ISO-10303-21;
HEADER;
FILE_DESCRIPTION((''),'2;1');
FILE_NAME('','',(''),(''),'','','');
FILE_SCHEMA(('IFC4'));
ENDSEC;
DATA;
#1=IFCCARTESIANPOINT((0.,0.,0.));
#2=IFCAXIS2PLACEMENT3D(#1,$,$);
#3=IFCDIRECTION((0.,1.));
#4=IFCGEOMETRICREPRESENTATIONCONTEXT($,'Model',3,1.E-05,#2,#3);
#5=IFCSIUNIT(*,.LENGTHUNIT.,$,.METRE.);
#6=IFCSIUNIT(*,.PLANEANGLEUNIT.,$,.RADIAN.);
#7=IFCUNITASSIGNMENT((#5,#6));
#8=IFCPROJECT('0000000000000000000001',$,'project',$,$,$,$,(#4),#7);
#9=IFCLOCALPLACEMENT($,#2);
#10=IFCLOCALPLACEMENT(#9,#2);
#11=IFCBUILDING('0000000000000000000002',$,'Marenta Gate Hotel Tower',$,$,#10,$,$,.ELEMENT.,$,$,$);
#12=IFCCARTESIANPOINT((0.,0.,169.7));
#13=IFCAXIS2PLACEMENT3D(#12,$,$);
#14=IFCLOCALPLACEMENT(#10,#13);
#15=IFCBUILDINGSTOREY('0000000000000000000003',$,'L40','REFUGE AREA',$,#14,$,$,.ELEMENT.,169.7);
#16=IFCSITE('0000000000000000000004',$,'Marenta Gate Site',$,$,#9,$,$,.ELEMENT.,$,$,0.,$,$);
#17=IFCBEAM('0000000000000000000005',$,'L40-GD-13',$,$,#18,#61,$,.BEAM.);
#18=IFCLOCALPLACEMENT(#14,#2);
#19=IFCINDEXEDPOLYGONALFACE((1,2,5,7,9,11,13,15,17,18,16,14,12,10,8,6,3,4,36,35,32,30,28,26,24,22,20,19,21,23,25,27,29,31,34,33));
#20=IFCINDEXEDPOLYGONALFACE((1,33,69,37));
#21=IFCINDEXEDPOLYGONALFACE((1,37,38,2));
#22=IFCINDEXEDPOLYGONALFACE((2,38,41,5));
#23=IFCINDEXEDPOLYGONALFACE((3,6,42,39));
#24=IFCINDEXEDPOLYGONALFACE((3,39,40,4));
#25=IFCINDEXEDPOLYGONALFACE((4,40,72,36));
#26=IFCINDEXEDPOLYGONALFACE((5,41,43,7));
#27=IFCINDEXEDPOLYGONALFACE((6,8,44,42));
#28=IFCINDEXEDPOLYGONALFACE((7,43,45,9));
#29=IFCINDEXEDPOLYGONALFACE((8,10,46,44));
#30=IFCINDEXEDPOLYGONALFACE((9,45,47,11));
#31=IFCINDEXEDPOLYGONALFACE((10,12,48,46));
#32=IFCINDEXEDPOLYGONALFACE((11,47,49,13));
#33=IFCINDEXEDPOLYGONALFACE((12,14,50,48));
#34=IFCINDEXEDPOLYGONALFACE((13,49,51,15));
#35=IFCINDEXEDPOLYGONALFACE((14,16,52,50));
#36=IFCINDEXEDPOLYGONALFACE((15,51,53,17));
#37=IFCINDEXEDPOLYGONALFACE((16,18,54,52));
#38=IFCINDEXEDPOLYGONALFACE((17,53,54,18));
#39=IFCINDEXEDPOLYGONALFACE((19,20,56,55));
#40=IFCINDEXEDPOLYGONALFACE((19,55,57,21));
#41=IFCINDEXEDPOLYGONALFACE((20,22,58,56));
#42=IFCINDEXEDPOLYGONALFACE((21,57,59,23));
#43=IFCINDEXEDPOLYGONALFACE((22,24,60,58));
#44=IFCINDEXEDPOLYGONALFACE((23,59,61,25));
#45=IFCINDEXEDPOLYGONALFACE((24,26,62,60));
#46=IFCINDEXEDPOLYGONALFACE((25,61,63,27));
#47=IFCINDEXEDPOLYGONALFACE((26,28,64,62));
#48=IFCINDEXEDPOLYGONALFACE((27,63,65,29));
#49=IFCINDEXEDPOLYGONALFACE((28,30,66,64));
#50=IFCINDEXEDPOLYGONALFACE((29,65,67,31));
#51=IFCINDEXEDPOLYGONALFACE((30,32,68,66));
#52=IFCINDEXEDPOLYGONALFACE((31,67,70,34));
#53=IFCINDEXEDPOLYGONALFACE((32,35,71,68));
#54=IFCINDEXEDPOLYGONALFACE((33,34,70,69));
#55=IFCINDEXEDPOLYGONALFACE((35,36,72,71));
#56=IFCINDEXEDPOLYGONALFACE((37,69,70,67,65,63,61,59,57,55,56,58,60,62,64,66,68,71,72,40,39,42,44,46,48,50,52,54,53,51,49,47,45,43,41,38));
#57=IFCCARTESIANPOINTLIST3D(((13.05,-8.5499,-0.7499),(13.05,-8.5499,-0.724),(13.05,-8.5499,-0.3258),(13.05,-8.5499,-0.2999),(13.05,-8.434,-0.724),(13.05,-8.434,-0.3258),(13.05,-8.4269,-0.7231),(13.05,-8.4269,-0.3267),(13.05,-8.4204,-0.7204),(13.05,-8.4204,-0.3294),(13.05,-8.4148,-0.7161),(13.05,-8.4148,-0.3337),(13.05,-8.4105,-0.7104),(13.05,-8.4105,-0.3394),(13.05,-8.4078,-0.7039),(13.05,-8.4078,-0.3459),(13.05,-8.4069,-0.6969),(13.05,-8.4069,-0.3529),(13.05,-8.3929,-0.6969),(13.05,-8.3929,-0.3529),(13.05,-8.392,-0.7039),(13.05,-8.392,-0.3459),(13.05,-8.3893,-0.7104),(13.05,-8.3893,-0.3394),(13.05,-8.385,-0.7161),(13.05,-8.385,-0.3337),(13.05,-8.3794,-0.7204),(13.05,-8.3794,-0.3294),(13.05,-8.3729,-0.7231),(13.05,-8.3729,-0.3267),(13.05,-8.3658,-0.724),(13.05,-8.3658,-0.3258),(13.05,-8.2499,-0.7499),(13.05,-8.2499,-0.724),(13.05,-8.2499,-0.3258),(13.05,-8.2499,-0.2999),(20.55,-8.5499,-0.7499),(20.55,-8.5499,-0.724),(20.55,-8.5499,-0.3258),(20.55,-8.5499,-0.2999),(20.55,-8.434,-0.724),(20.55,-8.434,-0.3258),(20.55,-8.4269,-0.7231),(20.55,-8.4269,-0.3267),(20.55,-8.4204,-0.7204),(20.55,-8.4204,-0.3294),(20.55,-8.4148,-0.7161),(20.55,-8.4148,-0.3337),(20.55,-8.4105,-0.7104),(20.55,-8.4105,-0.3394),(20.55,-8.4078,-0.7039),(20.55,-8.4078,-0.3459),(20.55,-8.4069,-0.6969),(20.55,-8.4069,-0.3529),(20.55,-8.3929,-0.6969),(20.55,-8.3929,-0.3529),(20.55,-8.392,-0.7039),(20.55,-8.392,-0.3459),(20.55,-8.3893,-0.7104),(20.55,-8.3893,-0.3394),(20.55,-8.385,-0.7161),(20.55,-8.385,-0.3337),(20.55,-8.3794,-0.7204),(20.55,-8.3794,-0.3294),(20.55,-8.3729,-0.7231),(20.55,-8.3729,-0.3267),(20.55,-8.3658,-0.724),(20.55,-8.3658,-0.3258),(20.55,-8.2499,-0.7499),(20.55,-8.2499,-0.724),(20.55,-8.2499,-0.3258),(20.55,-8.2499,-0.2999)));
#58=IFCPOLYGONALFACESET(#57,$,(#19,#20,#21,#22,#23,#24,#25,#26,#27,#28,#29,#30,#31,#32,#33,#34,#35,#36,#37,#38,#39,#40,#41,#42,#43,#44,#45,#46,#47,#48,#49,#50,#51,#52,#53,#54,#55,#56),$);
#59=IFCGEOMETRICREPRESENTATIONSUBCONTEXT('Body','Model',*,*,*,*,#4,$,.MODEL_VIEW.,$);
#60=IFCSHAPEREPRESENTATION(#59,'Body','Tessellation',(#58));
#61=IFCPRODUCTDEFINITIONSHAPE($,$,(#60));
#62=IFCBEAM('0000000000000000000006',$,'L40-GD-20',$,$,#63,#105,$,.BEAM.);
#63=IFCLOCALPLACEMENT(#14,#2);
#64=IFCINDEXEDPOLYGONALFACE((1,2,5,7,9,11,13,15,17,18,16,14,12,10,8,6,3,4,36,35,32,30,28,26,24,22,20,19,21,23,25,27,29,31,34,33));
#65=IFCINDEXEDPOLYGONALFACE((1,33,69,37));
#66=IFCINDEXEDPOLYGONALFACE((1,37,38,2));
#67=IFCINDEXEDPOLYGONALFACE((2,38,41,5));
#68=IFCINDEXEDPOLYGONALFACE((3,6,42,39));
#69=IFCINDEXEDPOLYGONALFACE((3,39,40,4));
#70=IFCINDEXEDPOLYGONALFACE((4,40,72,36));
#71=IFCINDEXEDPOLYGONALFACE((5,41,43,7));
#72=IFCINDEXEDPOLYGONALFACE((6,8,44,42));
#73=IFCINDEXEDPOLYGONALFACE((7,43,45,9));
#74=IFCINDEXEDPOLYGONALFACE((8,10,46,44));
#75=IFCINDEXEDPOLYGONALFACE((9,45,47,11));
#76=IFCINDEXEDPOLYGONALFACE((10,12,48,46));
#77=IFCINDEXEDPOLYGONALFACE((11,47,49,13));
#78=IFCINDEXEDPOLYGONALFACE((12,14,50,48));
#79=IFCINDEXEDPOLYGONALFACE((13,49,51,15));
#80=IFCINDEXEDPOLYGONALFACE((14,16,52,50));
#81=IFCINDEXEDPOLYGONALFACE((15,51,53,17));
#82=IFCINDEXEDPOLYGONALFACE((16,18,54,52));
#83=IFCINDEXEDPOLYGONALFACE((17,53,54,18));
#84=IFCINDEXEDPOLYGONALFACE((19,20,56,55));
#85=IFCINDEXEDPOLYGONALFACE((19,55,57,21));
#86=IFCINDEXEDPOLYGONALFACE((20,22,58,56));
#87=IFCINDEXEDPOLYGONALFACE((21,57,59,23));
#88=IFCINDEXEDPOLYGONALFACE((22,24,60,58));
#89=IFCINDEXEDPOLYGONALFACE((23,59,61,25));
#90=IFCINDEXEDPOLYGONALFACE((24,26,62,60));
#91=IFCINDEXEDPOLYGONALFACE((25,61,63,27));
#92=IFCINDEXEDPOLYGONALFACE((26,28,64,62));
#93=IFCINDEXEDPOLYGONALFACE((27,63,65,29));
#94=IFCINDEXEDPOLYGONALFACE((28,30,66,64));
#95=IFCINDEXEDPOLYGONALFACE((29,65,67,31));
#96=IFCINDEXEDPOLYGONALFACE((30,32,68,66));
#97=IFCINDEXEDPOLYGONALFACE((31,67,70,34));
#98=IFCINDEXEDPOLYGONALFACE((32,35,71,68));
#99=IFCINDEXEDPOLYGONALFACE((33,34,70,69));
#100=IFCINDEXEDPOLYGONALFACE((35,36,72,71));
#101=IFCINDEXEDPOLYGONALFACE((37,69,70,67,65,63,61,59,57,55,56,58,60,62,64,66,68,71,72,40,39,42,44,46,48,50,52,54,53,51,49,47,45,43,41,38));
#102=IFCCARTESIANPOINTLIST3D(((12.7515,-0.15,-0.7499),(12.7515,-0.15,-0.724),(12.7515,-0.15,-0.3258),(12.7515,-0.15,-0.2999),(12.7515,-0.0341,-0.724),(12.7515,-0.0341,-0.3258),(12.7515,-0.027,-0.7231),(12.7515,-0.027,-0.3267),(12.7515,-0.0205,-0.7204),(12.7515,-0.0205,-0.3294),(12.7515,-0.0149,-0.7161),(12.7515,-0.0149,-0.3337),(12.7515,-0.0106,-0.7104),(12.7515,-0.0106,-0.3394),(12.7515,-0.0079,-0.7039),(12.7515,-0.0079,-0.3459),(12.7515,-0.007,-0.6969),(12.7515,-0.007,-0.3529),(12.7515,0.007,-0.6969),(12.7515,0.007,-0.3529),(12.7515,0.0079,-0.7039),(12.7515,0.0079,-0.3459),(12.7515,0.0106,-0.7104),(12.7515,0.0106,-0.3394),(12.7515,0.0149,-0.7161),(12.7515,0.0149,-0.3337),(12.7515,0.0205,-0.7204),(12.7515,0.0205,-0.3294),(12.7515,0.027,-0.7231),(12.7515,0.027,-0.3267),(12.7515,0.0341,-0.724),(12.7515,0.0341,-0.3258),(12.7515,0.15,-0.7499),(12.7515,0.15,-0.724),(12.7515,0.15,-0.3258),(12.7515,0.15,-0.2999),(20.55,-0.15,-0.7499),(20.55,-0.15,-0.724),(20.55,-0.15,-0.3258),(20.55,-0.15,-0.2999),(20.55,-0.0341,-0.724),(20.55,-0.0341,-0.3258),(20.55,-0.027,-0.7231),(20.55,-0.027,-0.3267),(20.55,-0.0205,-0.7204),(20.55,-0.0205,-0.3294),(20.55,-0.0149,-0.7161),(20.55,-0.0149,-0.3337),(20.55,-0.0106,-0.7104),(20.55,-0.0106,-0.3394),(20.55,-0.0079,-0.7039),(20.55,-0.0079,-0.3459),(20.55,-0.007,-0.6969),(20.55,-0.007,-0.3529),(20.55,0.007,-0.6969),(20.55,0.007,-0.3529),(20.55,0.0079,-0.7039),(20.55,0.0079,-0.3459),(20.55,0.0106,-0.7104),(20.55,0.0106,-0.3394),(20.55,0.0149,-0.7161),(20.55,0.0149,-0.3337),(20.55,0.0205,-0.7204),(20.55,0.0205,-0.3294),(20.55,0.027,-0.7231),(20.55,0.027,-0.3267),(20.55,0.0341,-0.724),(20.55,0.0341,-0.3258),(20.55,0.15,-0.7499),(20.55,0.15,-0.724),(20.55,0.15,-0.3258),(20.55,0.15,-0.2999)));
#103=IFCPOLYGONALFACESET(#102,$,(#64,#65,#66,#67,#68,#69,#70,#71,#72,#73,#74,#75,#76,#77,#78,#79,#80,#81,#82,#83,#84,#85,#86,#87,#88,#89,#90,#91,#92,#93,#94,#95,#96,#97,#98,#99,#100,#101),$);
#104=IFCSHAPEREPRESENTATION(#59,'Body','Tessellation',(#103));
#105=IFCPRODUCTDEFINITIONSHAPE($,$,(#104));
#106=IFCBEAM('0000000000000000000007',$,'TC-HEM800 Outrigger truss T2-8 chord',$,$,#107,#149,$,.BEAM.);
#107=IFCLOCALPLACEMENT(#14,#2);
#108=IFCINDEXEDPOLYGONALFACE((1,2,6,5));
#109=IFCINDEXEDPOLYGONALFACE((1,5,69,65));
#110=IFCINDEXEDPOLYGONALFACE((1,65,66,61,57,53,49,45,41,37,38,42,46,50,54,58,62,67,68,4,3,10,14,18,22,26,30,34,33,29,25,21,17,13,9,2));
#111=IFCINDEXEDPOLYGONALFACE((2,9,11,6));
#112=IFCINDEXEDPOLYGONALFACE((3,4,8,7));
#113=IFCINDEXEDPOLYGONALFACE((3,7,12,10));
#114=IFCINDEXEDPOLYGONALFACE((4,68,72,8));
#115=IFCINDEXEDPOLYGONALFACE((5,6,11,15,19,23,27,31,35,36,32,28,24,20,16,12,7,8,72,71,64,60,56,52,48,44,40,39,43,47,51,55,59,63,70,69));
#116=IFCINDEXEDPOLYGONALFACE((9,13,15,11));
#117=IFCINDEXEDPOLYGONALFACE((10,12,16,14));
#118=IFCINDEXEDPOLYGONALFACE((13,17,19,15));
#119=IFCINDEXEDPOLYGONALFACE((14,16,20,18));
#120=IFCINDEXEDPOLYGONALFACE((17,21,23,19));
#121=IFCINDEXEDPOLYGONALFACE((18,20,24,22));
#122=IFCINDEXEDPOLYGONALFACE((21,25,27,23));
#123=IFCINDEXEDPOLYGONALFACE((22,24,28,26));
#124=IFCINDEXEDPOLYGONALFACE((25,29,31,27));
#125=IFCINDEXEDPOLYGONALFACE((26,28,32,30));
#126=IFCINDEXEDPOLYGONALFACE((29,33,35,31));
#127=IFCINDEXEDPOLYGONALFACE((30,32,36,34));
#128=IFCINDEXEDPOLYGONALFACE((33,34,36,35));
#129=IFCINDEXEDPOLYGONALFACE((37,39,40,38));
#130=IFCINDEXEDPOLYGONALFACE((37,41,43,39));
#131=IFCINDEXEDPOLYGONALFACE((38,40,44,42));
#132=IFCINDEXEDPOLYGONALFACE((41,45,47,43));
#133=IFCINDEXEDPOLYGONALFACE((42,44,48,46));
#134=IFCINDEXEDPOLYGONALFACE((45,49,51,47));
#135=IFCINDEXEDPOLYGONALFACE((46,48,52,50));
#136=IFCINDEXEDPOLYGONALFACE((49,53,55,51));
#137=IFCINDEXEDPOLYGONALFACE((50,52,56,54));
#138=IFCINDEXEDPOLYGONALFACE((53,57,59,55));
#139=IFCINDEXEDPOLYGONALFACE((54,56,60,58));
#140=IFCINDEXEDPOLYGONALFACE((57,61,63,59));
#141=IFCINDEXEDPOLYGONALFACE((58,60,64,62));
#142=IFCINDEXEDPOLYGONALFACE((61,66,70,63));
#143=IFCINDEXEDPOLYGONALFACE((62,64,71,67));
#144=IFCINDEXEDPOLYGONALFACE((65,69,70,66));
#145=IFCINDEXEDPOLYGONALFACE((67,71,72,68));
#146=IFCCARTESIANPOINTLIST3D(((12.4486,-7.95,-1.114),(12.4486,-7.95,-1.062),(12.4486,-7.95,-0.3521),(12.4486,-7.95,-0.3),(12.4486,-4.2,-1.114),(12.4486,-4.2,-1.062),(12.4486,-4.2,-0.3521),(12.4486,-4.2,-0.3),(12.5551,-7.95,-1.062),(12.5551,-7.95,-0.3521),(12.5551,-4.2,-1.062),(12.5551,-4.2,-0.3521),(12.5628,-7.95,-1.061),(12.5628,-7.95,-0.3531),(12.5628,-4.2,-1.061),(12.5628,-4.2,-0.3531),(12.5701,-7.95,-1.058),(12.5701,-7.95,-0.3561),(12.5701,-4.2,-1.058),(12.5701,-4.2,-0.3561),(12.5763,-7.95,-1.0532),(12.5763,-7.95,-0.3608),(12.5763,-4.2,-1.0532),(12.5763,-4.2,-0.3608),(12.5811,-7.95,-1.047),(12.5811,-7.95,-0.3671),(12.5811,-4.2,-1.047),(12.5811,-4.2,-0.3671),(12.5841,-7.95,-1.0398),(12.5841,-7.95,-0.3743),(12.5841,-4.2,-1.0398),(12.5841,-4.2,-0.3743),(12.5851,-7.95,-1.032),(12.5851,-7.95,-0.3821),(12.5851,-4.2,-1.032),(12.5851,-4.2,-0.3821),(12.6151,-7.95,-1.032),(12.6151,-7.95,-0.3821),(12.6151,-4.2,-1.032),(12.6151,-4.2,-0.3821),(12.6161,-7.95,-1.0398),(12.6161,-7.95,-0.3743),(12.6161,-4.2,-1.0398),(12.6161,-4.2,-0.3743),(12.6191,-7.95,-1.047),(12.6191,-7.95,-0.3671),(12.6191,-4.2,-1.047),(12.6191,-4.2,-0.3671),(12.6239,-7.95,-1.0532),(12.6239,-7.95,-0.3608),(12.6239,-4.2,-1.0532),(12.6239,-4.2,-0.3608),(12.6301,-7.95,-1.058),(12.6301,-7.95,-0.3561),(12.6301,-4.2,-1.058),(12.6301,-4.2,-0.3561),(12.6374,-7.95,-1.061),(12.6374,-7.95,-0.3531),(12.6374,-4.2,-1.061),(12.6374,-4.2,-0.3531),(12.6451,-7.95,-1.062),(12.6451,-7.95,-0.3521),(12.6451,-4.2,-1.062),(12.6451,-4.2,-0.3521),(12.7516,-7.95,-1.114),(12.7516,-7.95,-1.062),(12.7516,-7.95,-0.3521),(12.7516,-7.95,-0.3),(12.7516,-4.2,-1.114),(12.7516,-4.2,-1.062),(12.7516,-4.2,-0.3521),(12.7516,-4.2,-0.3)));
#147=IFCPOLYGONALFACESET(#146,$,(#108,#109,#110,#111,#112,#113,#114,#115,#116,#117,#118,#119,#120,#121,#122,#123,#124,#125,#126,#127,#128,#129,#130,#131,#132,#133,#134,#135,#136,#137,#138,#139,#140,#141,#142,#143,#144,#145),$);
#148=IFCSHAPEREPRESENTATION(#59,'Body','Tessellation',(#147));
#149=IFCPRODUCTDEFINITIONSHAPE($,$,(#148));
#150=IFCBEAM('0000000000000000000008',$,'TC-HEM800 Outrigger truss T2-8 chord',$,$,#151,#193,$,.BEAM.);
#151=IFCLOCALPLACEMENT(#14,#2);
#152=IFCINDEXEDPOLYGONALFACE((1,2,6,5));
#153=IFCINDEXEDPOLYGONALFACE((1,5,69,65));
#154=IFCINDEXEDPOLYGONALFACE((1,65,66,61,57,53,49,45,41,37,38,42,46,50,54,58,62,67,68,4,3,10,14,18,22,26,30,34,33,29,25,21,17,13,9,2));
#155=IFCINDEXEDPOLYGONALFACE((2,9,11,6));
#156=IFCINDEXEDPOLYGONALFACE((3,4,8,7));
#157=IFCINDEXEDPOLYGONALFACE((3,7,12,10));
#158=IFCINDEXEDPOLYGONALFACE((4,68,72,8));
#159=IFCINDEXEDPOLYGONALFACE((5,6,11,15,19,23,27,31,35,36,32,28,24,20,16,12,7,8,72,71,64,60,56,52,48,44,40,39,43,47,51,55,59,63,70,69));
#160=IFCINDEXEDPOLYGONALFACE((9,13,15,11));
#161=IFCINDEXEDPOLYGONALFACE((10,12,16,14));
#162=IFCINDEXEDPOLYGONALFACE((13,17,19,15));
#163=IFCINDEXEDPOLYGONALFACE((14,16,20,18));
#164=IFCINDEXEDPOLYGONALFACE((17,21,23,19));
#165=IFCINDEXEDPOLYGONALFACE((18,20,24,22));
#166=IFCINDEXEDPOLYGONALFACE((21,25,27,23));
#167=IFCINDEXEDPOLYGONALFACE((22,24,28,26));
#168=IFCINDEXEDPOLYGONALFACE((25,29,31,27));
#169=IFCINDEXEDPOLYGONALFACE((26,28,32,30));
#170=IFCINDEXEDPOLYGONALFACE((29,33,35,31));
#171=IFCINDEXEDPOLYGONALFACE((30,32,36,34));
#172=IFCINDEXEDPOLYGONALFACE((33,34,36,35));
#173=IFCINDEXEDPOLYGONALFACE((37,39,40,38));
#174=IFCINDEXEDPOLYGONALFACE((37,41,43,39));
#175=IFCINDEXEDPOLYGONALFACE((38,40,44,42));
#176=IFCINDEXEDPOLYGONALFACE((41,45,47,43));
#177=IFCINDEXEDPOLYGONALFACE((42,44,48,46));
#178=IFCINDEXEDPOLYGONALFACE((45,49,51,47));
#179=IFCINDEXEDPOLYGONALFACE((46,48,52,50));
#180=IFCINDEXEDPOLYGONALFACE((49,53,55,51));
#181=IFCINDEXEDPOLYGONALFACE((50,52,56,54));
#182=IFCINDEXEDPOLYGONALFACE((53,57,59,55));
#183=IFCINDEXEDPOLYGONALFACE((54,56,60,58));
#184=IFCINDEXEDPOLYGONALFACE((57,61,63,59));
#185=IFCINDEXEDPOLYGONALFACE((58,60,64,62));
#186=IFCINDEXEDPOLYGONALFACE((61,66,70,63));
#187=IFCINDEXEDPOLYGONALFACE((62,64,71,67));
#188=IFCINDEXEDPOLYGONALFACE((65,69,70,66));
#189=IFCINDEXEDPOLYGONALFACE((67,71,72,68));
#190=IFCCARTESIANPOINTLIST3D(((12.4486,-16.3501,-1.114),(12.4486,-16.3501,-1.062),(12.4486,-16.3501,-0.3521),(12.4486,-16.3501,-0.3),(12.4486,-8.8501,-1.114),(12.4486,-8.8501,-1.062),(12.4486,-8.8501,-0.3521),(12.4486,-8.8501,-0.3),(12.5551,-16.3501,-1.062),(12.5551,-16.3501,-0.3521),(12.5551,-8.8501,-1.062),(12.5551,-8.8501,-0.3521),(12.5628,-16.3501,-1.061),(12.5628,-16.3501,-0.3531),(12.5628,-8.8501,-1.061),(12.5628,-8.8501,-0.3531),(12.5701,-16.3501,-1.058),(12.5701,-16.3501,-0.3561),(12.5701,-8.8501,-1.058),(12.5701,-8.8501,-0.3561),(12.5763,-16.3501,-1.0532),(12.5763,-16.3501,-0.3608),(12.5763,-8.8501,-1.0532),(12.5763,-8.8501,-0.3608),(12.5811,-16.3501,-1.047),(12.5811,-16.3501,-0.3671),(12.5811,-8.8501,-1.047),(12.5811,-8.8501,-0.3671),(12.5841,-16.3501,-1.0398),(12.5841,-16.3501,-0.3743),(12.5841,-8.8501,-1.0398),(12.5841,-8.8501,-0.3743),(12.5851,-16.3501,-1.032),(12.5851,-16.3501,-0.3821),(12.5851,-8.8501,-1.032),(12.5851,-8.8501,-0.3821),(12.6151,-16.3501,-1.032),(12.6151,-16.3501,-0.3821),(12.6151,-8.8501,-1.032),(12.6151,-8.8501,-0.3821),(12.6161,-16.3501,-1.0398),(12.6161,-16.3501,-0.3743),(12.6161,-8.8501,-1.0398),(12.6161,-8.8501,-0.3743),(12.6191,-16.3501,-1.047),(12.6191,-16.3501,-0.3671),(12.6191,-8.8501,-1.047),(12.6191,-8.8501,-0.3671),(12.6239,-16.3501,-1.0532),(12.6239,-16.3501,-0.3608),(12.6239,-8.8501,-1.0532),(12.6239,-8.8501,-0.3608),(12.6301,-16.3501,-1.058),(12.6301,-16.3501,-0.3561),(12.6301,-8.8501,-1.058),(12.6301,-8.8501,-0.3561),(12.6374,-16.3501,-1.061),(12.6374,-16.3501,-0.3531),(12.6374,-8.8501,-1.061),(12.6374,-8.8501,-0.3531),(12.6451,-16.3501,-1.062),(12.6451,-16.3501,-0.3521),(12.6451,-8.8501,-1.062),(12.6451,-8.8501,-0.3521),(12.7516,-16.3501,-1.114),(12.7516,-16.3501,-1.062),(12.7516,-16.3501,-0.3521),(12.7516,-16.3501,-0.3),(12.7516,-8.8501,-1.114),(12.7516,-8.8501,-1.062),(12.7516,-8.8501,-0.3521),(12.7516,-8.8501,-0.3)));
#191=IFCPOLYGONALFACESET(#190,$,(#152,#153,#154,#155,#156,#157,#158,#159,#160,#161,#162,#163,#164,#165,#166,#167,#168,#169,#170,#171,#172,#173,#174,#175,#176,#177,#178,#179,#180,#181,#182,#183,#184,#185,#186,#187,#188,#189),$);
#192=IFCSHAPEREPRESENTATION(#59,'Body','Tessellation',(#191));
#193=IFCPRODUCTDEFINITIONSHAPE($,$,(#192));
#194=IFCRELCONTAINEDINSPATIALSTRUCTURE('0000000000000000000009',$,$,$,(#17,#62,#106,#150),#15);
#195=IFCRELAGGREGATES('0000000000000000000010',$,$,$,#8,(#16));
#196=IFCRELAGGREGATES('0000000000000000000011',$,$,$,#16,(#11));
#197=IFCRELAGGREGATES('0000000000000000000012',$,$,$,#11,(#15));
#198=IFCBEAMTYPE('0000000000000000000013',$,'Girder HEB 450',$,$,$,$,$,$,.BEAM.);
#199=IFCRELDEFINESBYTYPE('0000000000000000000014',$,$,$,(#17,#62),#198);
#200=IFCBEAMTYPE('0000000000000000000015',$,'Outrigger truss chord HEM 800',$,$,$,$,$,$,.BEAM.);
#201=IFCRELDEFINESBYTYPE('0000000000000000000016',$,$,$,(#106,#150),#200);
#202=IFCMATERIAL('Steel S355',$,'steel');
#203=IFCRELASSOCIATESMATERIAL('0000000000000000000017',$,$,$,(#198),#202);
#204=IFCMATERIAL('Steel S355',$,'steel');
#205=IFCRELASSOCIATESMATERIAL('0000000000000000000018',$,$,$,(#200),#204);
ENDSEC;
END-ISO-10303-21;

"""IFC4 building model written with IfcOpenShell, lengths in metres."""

from ifc_helpers import new_model, si_unit, direction, frame, origin, origin_2d, place, context, subcontext, project, spatial, i_section, extrude, material, material_profile, profile_set, type_object, element, save


model = new_model("IFC4")

# Units and contexts
model_context = context("Model", 3, precision=1e-05, world=origin(), true_north=direction((0.0, 1.0)))
body_context = subcontext(model_context, "Body", "Model", "MODEL_VIEW")
ifc_project = project(units=[si_unit("LENGTHUNIT", "METRE"), si_unit("PLANEANGLEUNIT", "RADIAN")], contexts=[model_context])

# Site, building, storey
site_placement = place(None, origin())
site = spatial("IfcSite", under=ifc_project, at=site_placement, Name="Marenta Gate Site", CompositionType="ELEMENT", RefElevation=0.0)
building_placement = place(site_placement, origin())
building = spatial("IfcBuilding", under=site, at=building_placement, Name="Marenta Gate Hotel Tower", CompositionType="ELEMENT")
storey_placement = place(building_placement, frame((0.0, 0.0, 169.7)))
storey = spatial("IfcBuildingStorey", under=building, at=storey_placement, Name="L40", Description="REFUGE AREA", CompositionType="ELEMENT", Elevation=169.7)

# Beams
ifc_material_1 = material(Name="Steel S355", Category="steel")
ifc_material_profile_1 = material_profile(ifc_material_1, i_section(OverallWidth=0.3, OverallDepth=0.45, WebThickness=0.0139, FlangeThickness=0.0259, FilletRadius=0.0271, at=origin_2d()), Name="HEB 450")
ifc_profile_set_1 = profile_set([ifc_material_profile_1], Name="Steel S355")
beam_type_1 = type_object("IfcBeamType", Name="Girder HEB 450", PredefinedType="BEAM", material=ifc_profile_set_1)
for number, where, z_axis, x_axis, name in (
    (1, (13.05, -8.3999, -0.5249), (1.0, 0.0, 0.0), (0.0, 1.0, 0.0), "L40-GD-13"),
):
    element("IfcBeam", number, at=place(storey_placement, frame(where, z_axis=z_axis, x_axis=x_axis)), inside=storey, type_object=beam_type_1, Name=name, PredefinedType="BEAM", context=body_context, shape_type="SweptSolid", body=[
        extrude(i_section(OverallWidth=0.3, OverallDepth=0.45, WebThickness=0.0139, FlangeThickness=0.0259, FilletRadius=0.0271, at=origin_2d()), origin(), (0.0, 0.0, 1.0), 7.5),
    ])
beam_1_placement = place(storey_placement, frame((12.7515, 0.0, -0.5249), z_axis=(1.0, 0.0, 0.0), x_axis=(0.0, 1.0, 0.0)))
element("IfcBeam", 2, at=beam_1_placement, inside=storey, type_object=beam_type_1, Name="L40-GD-20", PredefinedType="BEAM", context=body_context, shape_type="SweptSolid", body=[
    extrude(i_section(OverallWidth=0.3, OverallDepth=0.45, WebThickness=0.0139, FlangeThickness=0.0259, FilletRadius=0.0271, at=origin_2d()), origin(), (0.0, 0.0, 1.0), 7.7986),
])
ifc_material_2 = material(Name="Steel S355", Category="steel")
ifc_material_profile_2 = material_profile(ifc_material_2, i_section(OverallWidth=0.303, OverallDepth=0.814, WebThickness=0.03, FlangeThickness=0.052, FilletRadius=0.03, at=origin_2d()), Name="HEM 800")
ifc_profile_set_2 = profile_set([ifc_material_profile_2], Name="Steel S355")
beam_type_2 = type_object("IfcBeamType", Name="Outrigger truss chord HEM 800", PredefinedType="BEAM", material=ifc_profile_set_2)
beam_2_placement = place(storey_placement, frame((12.6001, -4.2, -0.707), z_axis=(0.0, -1.0, 0.0), x_axis=(1.0, 0.0, 0.0)))
element("IfcBeam", 3, at=beam_2_placement, inside=storey, type_object=beam_type_2, Name="TC-HEM800 Outrigger truss T2-8 chord", PredefinedType="BEAM", context=body_context, shape_type="SweptSolid", body=[
    extrude(i_section(OverallWidth=0.303, OverallDepth=0.814, WebThickness=0.03, FlangeThickness=0.052, FilletRadius=0.03, at=origin_2d()), origin(), (0.0, 0.0, 1.0), 3.75),
])
beam_3_placement = place(storey_placement, frame((12.6001, -8.8501, -0.707), z_axis=(0.0, -1.0, 0.0), x_axis=(1.0, 0.0, 0.0)))
element("IfcBeam", 4, at=beam_3_placement, inside=storey, type_object=beam_type_2, Name="TC-HEM800 Outrigger truss T2-8 chord", PredefinedType="BEAM", context=body_context, shape_type="SweptSolid", body=[
    extrude(i_section(OverallWidth=0.303, OverallDepth=0.814, WebThickness=0.03, FlangeThickness=0.052, FilletRadius=0.03, at=origin_2d()), origin(), (0.0, 0.0, 1.0), 7.5),
])

save(model, "model.ifc")
